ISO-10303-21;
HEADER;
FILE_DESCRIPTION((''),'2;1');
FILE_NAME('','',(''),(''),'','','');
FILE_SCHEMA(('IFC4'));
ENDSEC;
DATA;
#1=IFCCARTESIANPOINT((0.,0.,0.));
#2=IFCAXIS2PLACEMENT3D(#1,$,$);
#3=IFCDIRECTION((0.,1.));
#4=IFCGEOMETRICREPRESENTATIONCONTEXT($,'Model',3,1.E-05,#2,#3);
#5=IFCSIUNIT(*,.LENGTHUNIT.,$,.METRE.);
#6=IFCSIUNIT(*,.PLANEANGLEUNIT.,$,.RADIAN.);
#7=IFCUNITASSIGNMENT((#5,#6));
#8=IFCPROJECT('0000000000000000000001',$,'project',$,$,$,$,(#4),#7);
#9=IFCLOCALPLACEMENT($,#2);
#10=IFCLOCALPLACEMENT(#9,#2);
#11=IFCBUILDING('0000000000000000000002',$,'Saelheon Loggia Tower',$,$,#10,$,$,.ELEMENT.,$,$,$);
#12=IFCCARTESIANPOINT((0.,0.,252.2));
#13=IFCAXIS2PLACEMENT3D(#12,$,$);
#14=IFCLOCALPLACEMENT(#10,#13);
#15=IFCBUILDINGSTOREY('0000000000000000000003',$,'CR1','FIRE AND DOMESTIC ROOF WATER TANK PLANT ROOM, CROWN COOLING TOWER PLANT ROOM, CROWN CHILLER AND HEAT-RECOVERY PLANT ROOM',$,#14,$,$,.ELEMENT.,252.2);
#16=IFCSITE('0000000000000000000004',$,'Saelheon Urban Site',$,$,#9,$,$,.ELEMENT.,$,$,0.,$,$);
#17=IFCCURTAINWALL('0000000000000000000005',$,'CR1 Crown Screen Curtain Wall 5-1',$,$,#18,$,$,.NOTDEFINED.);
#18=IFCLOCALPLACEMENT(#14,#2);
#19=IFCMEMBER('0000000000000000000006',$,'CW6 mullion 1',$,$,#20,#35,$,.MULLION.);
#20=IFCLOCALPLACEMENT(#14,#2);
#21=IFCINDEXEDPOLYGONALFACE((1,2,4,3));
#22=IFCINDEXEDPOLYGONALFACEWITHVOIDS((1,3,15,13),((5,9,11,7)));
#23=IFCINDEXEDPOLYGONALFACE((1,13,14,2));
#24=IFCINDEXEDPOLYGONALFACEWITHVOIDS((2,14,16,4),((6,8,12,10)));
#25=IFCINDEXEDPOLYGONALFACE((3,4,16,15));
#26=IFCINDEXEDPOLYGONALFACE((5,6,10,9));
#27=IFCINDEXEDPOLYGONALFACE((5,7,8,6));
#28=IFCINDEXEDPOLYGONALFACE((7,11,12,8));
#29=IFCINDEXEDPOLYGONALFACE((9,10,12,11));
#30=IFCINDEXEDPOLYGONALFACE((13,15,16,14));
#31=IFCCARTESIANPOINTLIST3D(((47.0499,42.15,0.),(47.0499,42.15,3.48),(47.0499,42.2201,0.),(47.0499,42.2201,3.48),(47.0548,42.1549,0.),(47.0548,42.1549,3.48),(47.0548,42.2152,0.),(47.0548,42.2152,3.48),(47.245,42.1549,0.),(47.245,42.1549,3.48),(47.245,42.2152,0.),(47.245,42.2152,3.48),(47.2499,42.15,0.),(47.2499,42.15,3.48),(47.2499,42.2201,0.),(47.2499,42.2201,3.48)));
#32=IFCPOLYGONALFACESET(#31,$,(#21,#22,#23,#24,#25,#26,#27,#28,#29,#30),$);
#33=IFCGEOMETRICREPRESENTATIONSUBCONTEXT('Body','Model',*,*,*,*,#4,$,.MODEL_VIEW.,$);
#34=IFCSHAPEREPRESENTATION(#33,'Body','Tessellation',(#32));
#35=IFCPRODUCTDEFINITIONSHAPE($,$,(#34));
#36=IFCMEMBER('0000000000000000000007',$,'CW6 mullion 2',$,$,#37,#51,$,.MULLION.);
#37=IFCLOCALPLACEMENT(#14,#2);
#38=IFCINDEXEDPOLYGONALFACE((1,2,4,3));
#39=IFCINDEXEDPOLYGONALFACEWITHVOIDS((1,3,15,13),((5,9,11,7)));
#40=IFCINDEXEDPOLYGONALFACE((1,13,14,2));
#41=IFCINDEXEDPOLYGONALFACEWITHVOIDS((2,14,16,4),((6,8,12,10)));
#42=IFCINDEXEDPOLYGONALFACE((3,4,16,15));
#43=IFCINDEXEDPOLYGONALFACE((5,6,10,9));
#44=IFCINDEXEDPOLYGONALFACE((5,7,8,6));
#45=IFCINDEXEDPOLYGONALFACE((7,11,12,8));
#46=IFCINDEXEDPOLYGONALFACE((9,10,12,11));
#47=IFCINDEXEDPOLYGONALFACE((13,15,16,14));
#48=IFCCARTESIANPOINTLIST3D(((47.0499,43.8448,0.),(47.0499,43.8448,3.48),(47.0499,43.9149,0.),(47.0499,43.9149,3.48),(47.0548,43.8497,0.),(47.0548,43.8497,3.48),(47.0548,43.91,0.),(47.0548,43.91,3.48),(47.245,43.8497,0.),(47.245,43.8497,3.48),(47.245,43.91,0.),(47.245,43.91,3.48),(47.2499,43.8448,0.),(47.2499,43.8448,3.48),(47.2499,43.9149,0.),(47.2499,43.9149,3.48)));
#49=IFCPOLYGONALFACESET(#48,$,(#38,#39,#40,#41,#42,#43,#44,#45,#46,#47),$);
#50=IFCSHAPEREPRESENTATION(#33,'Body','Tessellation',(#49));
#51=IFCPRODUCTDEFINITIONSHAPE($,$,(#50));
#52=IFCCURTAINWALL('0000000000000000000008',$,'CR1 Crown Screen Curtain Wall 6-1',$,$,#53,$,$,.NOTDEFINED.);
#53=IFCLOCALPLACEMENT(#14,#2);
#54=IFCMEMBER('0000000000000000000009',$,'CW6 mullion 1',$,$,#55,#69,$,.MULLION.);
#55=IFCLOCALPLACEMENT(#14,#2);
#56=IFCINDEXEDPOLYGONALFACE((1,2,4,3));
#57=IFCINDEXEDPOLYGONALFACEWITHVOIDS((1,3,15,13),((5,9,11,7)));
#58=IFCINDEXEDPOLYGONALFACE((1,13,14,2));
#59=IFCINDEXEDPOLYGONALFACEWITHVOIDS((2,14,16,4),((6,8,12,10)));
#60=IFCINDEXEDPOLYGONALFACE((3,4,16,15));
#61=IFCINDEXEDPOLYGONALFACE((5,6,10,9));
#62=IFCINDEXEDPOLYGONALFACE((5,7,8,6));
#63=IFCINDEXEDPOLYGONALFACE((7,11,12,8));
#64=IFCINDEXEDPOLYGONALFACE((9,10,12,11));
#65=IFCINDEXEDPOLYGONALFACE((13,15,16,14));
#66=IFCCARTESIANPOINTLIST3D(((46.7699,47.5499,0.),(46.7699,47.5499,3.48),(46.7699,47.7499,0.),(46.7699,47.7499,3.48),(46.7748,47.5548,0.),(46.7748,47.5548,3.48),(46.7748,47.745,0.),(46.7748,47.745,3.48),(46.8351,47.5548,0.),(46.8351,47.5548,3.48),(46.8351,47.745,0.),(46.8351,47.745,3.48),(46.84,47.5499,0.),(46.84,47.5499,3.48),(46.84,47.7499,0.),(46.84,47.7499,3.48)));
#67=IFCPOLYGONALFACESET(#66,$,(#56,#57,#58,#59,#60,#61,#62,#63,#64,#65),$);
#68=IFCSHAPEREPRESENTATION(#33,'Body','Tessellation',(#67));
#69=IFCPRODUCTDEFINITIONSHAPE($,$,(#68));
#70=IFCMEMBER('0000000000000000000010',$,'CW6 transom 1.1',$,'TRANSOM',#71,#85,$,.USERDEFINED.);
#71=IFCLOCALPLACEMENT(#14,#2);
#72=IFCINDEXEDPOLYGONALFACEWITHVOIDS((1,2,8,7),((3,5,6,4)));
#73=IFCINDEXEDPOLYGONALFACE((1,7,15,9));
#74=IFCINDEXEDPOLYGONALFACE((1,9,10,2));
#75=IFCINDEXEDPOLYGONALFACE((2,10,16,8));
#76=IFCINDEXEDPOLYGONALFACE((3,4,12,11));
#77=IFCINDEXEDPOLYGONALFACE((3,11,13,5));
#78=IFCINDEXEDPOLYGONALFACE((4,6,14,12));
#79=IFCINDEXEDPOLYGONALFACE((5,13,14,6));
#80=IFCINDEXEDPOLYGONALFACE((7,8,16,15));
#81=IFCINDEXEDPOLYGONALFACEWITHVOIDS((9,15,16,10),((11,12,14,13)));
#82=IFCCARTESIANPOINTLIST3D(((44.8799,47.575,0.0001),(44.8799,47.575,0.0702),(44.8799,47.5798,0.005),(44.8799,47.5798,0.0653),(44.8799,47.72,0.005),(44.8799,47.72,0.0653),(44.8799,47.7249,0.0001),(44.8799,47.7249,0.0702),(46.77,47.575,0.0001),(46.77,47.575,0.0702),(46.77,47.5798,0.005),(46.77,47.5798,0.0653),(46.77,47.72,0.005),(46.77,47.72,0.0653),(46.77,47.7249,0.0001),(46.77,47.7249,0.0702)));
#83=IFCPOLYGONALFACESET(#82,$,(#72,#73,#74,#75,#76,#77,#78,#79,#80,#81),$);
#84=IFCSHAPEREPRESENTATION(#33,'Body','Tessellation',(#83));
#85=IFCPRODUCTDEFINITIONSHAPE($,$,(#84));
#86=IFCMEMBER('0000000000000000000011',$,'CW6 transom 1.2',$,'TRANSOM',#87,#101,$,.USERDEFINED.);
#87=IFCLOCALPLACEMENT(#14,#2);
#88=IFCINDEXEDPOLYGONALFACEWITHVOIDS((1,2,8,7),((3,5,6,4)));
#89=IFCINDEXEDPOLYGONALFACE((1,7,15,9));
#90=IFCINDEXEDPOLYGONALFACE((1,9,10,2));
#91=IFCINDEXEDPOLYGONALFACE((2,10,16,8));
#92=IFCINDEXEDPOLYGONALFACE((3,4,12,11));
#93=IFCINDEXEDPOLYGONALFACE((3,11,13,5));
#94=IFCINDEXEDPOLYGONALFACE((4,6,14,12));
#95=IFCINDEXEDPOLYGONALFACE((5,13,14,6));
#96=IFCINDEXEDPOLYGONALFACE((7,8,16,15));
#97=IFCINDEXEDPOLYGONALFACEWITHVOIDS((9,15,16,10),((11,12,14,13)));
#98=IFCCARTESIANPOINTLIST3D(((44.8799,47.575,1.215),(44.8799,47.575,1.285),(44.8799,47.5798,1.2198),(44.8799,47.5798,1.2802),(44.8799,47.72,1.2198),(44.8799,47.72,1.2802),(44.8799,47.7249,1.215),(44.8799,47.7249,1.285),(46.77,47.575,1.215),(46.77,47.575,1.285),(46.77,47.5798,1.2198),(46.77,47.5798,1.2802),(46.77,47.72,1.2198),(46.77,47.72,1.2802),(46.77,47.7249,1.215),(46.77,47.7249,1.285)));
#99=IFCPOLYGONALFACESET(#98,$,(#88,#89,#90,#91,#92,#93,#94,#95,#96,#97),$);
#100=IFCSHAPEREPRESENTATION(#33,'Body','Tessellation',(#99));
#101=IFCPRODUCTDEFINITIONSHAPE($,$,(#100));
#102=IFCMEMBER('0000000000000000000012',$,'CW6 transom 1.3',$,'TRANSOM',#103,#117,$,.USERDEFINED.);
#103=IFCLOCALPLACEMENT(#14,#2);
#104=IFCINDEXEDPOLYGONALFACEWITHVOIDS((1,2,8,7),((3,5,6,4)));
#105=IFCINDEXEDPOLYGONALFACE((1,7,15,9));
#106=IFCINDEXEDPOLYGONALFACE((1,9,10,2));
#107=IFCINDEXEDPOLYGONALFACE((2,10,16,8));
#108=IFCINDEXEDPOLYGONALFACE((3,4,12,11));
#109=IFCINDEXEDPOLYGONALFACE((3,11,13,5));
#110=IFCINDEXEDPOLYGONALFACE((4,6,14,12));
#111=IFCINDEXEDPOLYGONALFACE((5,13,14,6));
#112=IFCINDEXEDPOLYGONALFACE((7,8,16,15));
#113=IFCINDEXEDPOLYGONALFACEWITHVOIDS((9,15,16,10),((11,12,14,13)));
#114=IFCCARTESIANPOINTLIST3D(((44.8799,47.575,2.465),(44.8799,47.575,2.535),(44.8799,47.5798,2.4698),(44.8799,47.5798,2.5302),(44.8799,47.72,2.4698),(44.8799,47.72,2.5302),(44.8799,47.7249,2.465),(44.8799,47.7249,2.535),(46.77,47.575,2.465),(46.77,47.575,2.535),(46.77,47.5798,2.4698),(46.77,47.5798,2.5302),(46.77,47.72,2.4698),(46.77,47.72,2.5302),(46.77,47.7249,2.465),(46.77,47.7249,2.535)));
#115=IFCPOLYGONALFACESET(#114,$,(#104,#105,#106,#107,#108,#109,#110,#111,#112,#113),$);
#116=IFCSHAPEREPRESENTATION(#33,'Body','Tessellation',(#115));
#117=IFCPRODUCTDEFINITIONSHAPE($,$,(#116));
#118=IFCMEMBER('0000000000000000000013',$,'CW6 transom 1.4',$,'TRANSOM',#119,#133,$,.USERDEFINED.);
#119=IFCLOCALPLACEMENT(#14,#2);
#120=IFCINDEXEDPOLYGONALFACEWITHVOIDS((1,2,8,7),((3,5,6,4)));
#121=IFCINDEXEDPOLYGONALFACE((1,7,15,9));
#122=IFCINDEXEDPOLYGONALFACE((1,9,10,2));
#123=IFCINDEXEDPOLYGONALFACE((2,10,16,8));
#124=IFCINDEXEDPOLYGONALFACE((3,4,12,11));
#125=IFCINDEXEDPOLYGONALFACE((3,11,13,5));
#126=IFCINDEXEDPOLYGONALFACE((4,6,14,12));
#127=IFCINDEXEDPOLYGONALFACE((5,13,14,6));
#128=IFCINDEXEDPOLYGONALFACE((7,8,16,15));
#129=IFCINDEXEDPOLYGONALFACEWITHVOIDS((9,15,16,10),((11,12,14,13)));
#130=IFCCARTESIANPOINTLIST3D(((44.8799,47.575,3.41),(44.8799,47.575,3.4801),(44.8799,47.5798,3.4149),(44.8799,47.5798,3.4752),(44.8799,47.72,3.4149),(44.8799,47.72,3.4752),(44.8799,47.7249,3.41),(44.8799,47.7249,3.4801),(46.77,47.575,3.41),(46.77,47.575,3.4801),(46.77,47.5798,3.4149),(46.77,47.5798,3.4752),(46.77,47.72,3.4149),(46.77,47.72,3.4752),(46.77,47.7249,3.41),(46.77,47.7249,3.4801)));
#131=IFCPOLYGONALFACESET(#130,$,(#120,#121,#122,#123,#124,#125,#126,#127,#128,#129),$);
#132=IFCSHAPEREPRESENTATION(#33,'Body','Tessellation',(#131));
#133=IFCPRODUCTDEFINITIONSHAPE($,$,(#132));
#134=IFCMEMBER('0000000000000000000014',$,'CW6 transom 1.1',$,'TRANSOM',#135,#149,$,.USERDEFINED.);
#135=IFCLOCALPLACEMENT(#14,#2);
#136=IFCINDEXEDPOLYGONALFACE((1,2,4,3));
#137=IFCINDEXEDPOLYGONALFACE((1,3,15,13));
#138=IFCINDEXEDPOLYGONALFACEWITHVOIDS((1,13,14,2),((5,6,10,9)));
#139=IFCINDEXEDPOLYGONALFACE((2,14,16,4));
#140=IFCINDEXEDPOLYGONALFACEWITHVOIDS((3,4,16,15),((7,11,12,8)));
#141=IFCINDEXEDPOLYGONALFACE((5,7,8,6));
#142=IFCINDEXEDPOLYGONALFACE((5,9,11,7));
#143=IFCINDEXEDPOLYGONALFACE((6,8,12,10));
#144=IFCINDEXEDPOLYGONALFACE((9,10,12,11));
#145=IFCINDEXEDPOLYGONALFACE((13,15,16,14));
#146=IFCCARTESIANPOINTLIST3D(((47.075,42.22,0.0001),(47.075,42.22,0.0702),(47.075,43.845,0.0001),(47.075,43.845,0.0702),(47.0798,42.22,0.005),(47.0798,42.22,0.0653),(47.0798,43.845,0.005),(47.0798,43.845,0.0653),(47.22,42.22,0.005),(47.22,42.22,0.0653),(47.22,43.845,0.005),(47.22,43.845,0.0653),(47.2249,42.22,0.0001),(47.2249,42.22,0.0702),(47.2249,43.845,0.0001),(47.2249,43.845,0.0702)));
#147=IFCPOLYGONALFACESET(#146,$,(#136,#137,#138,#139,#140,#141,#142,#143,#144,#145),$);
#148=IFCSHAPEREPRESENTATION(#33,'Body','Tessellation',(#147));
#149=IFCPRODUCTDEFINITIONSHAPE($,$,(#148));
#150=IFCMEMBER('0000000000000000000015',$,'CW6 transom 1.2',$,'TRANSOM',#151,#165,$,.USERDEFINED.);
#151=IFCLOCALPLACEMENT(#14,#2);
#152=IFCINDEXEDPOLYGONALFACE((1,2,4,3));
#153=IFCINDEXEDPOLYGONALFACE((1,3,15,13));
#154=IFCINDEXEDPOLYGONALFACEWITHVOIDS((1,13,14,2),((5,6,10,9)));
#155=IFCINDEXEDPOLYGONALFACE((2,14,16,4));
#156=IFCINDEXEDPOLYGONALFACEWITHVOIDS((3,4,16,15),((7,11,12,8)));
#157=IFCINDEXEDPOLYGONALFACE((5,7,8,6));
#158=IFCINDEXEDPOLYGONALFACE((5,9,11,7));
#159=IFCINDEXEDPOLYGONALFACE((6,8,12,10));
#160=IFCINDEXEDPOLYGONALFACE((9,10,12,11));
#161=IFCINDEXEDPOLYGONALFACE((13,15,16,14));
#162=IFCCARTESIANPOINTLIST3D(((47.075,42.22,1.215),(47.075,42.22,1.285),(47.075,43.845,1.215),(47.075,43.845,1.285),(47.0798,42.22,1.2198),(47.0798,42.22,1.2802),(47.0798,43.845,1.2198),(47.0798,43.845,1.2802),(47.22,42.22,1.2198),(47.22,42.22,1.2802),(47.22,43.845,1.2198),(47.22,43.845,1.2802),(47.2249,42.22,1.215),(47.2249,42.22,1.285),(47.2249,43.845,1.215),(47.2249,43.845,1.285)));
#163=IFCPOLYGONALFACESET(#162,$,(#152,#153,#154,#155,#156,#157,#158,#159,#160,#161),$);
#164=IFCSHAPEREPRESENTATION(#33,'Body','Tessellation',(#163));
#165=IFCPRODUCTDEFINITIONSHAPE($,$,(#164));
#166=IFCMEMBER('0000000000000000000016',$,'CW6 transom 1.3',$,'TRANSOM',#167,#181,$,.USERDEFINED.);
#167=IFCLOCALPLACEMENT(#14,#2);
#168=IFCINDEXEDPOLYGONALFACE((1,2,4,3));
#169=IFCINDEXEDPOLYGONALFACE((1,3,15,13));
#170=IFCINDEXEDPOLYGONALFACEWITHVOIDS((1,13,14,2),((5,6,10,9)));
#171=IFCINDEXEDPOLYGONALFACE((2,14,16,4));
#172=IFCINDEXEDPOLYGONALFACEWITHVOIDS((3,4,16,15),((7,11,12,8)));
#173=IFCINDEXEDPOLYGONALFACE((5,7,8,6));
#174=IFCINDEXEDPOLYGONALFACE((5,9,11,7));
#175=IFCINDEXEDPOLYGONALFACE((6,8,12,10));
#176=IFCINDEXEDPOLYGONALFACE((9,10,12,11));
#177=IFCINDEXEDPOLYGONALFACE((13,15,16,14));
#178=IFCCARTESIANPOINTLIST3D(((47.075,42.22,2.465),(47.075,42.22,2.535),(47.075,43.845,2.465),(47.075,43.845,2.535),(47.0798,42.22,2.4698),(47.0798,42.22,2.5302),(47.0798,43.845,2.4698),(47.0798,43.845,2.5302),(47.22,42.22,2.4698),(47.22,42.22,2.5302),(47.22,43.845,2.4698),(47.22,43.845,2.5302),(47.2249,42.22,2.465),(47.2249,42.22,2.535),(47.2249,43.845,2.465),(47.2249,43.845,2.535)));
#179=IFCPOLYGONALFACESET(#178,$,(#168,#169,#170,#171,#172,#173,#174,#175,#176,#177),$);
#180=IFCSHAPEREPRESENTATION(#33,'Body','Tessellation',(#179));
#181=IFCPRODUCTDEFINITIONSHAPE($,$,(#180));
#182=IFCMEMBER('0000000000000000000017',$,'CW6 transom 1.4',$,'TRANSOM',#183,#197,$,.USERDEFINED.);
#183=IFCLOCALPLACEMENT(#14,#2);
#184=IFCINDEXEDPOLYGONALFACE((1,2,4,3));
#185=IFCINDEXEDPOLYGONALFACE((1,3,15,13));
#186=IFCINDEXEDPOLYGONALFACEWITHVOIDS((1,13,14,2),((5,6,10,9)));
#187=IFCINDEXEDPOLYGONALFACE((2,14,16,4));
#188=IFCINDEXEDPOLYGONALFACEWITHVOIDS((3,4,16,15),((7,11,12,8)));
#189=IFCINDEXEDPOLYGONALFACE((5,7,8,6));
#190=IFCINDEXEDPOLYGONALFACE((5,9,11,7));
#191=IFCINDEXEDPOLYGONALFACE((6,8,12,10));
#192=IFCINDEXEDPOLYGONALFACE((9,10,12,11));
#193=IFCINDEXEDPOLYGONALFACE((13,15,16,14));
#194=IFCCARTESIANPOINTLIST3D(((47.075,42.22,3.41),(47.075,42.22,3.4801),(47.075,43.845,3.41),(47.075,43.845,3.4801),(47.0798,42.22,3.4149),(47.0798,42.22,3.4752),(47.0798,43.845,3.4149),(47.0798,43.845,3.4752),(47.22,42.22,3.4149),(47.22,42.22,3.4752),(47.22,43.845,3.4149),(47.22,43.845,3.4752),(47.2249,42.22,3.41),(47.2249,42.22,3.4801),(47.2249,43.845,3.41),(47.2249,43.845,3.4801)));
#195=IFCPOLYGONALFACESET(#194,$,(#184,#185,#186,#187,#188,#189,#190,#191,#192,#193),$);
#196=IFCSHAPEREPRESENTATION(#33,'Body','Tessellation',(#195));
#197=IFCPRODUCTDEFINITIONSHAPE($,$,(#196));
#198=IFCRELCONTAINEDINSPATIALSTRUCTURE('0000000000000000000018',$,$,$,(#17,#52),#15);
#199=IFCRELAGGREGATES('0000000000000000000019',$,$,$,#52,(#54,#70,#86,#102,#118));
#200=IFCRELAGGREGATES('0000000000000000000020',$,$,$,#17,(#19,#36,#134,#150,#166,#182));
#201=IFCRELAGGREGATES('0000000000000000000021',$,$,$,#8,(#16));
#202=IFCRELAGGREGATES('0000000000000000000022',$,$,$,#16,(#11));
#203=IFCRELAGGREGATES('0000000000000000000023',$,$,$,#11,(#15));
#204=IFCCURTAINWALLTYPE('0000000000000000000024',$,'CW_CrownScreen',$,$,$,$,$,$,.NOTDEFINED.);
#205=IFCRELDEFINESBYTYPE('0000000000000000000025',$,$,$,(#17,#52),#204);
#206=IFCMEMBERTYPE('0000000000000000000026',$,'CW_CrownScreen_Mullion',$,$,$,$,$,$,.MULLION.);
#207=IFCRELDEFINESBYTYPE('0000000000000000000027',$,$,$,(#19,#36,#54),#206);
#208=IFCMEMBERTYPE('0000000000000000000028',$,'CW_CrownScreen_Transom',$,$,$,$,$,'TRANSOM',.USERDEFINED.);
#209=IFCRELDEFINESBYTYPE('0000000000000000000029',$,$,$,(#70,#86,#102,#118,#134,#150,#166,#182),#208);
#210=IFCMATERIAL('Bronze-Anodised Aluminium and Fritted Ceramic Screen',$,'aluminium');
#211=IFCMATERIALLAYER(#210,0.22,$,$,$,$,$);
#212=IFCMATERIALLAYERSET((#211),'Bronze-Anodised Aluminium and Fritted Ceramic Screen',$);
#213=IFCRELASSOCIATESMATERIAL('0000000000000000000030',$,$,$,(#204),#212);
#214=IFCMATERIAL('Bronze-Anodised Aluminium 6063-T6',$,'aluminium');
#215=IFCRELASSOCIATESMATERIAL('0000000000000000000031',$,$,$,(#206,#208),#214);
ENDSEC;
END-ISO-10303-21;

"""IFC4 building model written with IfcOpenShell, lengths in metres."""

from ifc_helpers import new_model, si_unit, direction, frame, origin, origin_2d, place, context, subcontext, project, spatial, hollow_rectangle, extrude, source, transform, mapped, material, layer, layer_set, material_profile, profile_set, type_object, element, aggregate, save


model = new_model("IFC4")

# Units and contexts
model_context = context("Model", 3, precision=1e-05, world=origin(), true_north=direction((0.0, 1.0)))
body_context = subcontext(model_context, "Body", "Model", "MODEL_VIEW")
ifc_project = project(units=[si_unit("LENGTHUNIT", "METRE"), si_unit("PLANEANGLEUNIT", "RADIAN")], contexts=[model_context])

# Site, building, storey
site_placement = place(None, origin())
site = spatial("IfcSite", under=ifc_project, at=site_placement, Name="Saelheon Urban Site", CompositionType="ELEMENT", RefElevation=0.0)
building_placement = place(site_placement, origin())
building = spatial("IfcBuilding", under=site, at=building_placement, Name="Saelheon Loggia Tower", CompositionType="ELEMENT")
storey_placement = place(building_placement, frame((0.0, 0.0, 252.2)))
storey = spatial("IfcBuildingStorey", under=building, at=storey_placement, Name="CR1", Description="FIRE AND DOMESTIC ROOF WATER TANK PLANT ROOM, CROWN COOLING TOWER PLANT ROOM, CROWN CHILLER AND HEAT-RECOVERY PLANT ROOM", CompositionType="ELEMENT", Elevation=252.2)

# Curtain walls, members
ifc_material_1 = material(Name="Bronze-Anodised Aluminium and Fritted Ceramic Screen", Category="aluminium")
ifc_layer_1 = layer(ifc_material_1, 0.22)
ifc_layer_set_1 = layer_set([ifc_layer_1], Name="Bronze-Anodised Aluminium and Fritted Ceramic Screen")
curtain_wall_type = type_object("IfcCurtainWallType", Name="CW_CrownScreen", PredefinedType="NOTDEFINED", material=ifc_layer_set_1)
curtain_wall_1_placement = place(storey_placement, origin())
curtain_wall_1 = element("IfcCurtainWall", 1, at=curtain_wall_1_placement, inside=storey, type_object=curtain_wall_type, Name="CR1 Crown Screen Curtain Wall 5-1", PredefinedType="NOTDEFINED")
ifc_material_2 = material(Name="Bronze-Anodised Aluminium 6063-T6", Category="aluminium")
ifc_material_profile_1 = material_profile(ifc_material_2, hollow_rectangle(XDim=0.0701, YDim=0.2, WallThickness=0.0049, at=origin_2d()), Name="RHS-200x70x5")
ifc_profile_set_1 = profile_set([ifc_material_profile_1], Name="Bronze-Anodised Aluminium 6063-T6")
member_type_1 = type_object("IfcMemberType", Name="CW_CrownScreen_Mullion", PredefinedType="MULLION", material=ifc_profile_set_1)
shared_shape_1 = source(origin(), body_context, "Body", "SweptSolid", [
    extrude(hollow_rectangle(XDim=0.0701, YDim=0.2, WallThickness=0.0049, at=origin_2d()), origin(), (0.0, 0.0, 1.0), 3.48),
])
member_1_placement = place(storey_placement, frame((47.1499, 42.1851, 0.0), z_axis=(0.0, 0.0, 1.0), x_axis=(0.0, 1.0, 0.0)))
member_1 = element("IfcMember", 2, at=member_1_placement, type_object=member_type_1, Name="CW6 mullion 1", PredefinedType="MULLION", context=body_context, shape_type="MappedRepresentation", body=[
    mapped(shared_shape_1, transform((0.0, 0.0, 0.0), scale=1.0)),
])
member_2_placement = place(storey_placement, frame((47.1499, 43.8799, 0.0), z_axis=(0.0, 0.0, 1.0), x_axis=(0.0, 1.0, 0.0)))
member_2 = element("IfcMember", 3, at=member_2_placement, type_object=member_type_1, Name="CW6 mullion 2", PredefinedType="MULLION", context=body_context, shape_type="MappedRepresentation", body=[
    mapped(shared_shape_1, transform((0.0, 0.0, 0.0), scale=1.0)),
])
curtain_wall_2_placement = place(storey_placement, origin())
curtain_wall_2 = element("IfcCurtainWall", 4, at=curtain_wall_2_placement, inside=storey, type_object=curtain_wall_type, Name="CR1 Crown Screen Curtain Wall 6-1", PredefinedType="NOTDEFINED")
member_3_placement = place(storey_placement, frame((46.8049, 47.6499, 0.0), z_axis=(0.0, 0.0, 1.0), x_axis=(-1.0, 0.0, 0.0)))
member_3 = element("IfcMember", 5, at=member_3_placement, type_object=member_type_1, Name="CW6 mullion 1", PredefinedType="MULLION", context=body_context, shape_type="MappedRepresentation", body=[
    mapped(shared_shape_1, transform((0.0, 0.0, 0.0), scale=1.0)),
])
ifc_material_profile_2 = material_profile(ifc_material_2, hollow_rectangle(XDim=0.0701, YDim=0.1499, WallThickness=0.0049, at=origin_2d()), Name="RHS-150x70x5")
ifc_profile_set_2 = profile_set([ifc_material_profile_2], Name="Bronze-Anodised Aluminium 6063-T6")
member_type_2 = type_object("IfcMemberType", Name="CW_CrownScreen_Transom", ElementType="TRANSOM", PredefinedType="USERDEFINED", material=ifc_profile_set_2)
shared_shape_2 = source(origin(), body_context, "Body", "SweptSolid", [
    extrude(hollow_rectangle(XDim=0.0701, YDim=0.1499, WallThickness=0.0049, at=origin_2d()), origin(), (0.0, 0.0, 1.0), 1.8901),
])
member_4_placement = place(storey_placement, frame((46.77, 47.6499, 0.0352), z_axis=(-1.0, 0.0, 0.0), x_axis=(0.0, 0.0, 1.0)))
member_4 = element("IfcMember", 6, at=member_4_placement, type_object=member_type_2, Name="CW6 transom 1.1", ObjectType="TRANSOM", PredefinedType="USERDEFINED", context=body_context, shape_type="MappedRepresentation", body=[
    mapped(shared_shape_2, transform((0.0, 0.0, 0.0), scale=1.0)),
])
member_5_placement = place(storey_placement, frame((46.77, 47.6499, 1.25), z_axis=(-1.0, 0.0, 0.0), x_axis=(0.0, 0.0, 1.0)))
member_5 = element("IfcMember", 7, at=member_5_placement, type_object=member_type_2, Name="CW6 transom 1.2", ObjectType="TRANSOM", PredefinedType="USERDEFINED", context=body_context, shape_type="MappedRepresentation", body=[
    mapped(shared_shape_2, transform((0.0, 0.0, 0.0), scale=1.0)),
])
member_6_placement = place(storey_placement, frame((46.77, 47.6499, 2.5), z_axis=(-1.0, 0.0, 0.0), x_axis=(0.0, 0.0, 1.0)))
member_6 = element("IfcMember", 8, at=member_6_placement, type_object=member_type_2, Name="CW6 transom 1.3", ObjectType="TRANSOM", PredefinedType="USERDEFINED", context=body_context, shape_type="MappedRepresentation", body=[
    mapped(shared_shape_2, transform((0.0, 0.0, 0.0), scale=1.0)),
])
member_7_placement = place(storey_placement, frame((46.77, 47.6499, 3.4451), z_axis=(-1.0, 0.0, 0.0), x_axis=(0.0, 0.0, 1.0)))
member_7 = element("IfcMember", 9, at=member_7_placement, type_object=member_type_2, Name="CW6 transom 1.4", ObjectType="TRANSOM", PredefinedType="USERDEFINED", context=body_context, shape_type="MappedRepresentation", body=[
    mapped(shared_shape_2, transform((0.0, 0.0, 0.0), scale=1.0)),
])

# Members
shared_shape_3 = source(origin(), body_context, "Body", "SweptSolid", [
    extrude(hollow_rectangle(XDim=0.0701, YDim=0.1499, WallThickness=0.0049, at=origin_2d()), origin(), (0.0, 0.0, 1.0), 1.625),
])
member_8_placement = place(storey_placement, frame((47.1499, 42.22, 0.0352), z_axis=(0.0, 1.0, 0.0), x_axis=(0.0, 0.0, 1.0)))
member_8 = element("IfcMember", 10, at=member_8_placement, type_object=member_type_2, Name="CW6 transom 1.1", ObjectType="TRANSOM", PredefinedType="USERDEFINED", context=body_context, shape_type="MappedRepresentation", body=[
    mapped(shared_shape_3, transform((0.0, 0.0, 0.0), scale=1.0)),
])
member_9_placement = place(storey_placement, frame((47.1499, 42.22, 1.25), z_axis=(0.0, 1.0, 0.0), x_axis=(0.0, 0.0, 1.0)))
member_9 = element("IfcMember", 11, at=member_9_placement, type_object=member_type_2, Name="CW6 transom 1.2", ObjectType="TRANSOM", PredefinedType="USERDEFINED", context=body_context, shape_type="MappedRepresentation", body=[
    mapped(shared_shape_3, transform((0.0, 0.0, 0.0), scale=1.0)),
])
member_10_placement = place(storey_placement, frame((47.1499, 42.22, 2.5), z_axis=(0.0, 1.0, 0.0), x_axis=(0.0, 0.0, 1.0)))
member_10 = element("IfcMember", 12, at=member_10_placement, type_object=member_type_2, Name="CW6 transom 1.3", ObjectType="TRANSOM", PredefinedType="USERDEFINED", context=body_context, shape_type="MappedRepresentation", body=[
    mapped(shared_shape_3, transform((0.0, 0.0, 0.0), scale=1.0)),
])
member_11_placement = place(storey_placement, frame((47.1499, 42.22, 3.4451), z_axis=(0.0, 1.0, 0.0), x_axis=(0.0, 0.0, 1.0)))
member_11 = element("IfcMember", 13, at=member_11_placement, type_object=member_type_2, Name="CW6 transom 1.4", ObjectType="TRANSOM", PredefinedType="USERDEFINED", context=body_context, shape_type="MappedRepresentation", body=[
    mapped(shared_shape_3, transform((0.0, 0.0, 0.0), scale=1.0)),
])

aggregate(curtain_wall_2, [member_3, member_4, member_5, member_6, member_7])
aggregate(curtain_wall_1, [member_1, member_2, member_8, member_9, member_10, member_11])

save(model, "model.ifc")
